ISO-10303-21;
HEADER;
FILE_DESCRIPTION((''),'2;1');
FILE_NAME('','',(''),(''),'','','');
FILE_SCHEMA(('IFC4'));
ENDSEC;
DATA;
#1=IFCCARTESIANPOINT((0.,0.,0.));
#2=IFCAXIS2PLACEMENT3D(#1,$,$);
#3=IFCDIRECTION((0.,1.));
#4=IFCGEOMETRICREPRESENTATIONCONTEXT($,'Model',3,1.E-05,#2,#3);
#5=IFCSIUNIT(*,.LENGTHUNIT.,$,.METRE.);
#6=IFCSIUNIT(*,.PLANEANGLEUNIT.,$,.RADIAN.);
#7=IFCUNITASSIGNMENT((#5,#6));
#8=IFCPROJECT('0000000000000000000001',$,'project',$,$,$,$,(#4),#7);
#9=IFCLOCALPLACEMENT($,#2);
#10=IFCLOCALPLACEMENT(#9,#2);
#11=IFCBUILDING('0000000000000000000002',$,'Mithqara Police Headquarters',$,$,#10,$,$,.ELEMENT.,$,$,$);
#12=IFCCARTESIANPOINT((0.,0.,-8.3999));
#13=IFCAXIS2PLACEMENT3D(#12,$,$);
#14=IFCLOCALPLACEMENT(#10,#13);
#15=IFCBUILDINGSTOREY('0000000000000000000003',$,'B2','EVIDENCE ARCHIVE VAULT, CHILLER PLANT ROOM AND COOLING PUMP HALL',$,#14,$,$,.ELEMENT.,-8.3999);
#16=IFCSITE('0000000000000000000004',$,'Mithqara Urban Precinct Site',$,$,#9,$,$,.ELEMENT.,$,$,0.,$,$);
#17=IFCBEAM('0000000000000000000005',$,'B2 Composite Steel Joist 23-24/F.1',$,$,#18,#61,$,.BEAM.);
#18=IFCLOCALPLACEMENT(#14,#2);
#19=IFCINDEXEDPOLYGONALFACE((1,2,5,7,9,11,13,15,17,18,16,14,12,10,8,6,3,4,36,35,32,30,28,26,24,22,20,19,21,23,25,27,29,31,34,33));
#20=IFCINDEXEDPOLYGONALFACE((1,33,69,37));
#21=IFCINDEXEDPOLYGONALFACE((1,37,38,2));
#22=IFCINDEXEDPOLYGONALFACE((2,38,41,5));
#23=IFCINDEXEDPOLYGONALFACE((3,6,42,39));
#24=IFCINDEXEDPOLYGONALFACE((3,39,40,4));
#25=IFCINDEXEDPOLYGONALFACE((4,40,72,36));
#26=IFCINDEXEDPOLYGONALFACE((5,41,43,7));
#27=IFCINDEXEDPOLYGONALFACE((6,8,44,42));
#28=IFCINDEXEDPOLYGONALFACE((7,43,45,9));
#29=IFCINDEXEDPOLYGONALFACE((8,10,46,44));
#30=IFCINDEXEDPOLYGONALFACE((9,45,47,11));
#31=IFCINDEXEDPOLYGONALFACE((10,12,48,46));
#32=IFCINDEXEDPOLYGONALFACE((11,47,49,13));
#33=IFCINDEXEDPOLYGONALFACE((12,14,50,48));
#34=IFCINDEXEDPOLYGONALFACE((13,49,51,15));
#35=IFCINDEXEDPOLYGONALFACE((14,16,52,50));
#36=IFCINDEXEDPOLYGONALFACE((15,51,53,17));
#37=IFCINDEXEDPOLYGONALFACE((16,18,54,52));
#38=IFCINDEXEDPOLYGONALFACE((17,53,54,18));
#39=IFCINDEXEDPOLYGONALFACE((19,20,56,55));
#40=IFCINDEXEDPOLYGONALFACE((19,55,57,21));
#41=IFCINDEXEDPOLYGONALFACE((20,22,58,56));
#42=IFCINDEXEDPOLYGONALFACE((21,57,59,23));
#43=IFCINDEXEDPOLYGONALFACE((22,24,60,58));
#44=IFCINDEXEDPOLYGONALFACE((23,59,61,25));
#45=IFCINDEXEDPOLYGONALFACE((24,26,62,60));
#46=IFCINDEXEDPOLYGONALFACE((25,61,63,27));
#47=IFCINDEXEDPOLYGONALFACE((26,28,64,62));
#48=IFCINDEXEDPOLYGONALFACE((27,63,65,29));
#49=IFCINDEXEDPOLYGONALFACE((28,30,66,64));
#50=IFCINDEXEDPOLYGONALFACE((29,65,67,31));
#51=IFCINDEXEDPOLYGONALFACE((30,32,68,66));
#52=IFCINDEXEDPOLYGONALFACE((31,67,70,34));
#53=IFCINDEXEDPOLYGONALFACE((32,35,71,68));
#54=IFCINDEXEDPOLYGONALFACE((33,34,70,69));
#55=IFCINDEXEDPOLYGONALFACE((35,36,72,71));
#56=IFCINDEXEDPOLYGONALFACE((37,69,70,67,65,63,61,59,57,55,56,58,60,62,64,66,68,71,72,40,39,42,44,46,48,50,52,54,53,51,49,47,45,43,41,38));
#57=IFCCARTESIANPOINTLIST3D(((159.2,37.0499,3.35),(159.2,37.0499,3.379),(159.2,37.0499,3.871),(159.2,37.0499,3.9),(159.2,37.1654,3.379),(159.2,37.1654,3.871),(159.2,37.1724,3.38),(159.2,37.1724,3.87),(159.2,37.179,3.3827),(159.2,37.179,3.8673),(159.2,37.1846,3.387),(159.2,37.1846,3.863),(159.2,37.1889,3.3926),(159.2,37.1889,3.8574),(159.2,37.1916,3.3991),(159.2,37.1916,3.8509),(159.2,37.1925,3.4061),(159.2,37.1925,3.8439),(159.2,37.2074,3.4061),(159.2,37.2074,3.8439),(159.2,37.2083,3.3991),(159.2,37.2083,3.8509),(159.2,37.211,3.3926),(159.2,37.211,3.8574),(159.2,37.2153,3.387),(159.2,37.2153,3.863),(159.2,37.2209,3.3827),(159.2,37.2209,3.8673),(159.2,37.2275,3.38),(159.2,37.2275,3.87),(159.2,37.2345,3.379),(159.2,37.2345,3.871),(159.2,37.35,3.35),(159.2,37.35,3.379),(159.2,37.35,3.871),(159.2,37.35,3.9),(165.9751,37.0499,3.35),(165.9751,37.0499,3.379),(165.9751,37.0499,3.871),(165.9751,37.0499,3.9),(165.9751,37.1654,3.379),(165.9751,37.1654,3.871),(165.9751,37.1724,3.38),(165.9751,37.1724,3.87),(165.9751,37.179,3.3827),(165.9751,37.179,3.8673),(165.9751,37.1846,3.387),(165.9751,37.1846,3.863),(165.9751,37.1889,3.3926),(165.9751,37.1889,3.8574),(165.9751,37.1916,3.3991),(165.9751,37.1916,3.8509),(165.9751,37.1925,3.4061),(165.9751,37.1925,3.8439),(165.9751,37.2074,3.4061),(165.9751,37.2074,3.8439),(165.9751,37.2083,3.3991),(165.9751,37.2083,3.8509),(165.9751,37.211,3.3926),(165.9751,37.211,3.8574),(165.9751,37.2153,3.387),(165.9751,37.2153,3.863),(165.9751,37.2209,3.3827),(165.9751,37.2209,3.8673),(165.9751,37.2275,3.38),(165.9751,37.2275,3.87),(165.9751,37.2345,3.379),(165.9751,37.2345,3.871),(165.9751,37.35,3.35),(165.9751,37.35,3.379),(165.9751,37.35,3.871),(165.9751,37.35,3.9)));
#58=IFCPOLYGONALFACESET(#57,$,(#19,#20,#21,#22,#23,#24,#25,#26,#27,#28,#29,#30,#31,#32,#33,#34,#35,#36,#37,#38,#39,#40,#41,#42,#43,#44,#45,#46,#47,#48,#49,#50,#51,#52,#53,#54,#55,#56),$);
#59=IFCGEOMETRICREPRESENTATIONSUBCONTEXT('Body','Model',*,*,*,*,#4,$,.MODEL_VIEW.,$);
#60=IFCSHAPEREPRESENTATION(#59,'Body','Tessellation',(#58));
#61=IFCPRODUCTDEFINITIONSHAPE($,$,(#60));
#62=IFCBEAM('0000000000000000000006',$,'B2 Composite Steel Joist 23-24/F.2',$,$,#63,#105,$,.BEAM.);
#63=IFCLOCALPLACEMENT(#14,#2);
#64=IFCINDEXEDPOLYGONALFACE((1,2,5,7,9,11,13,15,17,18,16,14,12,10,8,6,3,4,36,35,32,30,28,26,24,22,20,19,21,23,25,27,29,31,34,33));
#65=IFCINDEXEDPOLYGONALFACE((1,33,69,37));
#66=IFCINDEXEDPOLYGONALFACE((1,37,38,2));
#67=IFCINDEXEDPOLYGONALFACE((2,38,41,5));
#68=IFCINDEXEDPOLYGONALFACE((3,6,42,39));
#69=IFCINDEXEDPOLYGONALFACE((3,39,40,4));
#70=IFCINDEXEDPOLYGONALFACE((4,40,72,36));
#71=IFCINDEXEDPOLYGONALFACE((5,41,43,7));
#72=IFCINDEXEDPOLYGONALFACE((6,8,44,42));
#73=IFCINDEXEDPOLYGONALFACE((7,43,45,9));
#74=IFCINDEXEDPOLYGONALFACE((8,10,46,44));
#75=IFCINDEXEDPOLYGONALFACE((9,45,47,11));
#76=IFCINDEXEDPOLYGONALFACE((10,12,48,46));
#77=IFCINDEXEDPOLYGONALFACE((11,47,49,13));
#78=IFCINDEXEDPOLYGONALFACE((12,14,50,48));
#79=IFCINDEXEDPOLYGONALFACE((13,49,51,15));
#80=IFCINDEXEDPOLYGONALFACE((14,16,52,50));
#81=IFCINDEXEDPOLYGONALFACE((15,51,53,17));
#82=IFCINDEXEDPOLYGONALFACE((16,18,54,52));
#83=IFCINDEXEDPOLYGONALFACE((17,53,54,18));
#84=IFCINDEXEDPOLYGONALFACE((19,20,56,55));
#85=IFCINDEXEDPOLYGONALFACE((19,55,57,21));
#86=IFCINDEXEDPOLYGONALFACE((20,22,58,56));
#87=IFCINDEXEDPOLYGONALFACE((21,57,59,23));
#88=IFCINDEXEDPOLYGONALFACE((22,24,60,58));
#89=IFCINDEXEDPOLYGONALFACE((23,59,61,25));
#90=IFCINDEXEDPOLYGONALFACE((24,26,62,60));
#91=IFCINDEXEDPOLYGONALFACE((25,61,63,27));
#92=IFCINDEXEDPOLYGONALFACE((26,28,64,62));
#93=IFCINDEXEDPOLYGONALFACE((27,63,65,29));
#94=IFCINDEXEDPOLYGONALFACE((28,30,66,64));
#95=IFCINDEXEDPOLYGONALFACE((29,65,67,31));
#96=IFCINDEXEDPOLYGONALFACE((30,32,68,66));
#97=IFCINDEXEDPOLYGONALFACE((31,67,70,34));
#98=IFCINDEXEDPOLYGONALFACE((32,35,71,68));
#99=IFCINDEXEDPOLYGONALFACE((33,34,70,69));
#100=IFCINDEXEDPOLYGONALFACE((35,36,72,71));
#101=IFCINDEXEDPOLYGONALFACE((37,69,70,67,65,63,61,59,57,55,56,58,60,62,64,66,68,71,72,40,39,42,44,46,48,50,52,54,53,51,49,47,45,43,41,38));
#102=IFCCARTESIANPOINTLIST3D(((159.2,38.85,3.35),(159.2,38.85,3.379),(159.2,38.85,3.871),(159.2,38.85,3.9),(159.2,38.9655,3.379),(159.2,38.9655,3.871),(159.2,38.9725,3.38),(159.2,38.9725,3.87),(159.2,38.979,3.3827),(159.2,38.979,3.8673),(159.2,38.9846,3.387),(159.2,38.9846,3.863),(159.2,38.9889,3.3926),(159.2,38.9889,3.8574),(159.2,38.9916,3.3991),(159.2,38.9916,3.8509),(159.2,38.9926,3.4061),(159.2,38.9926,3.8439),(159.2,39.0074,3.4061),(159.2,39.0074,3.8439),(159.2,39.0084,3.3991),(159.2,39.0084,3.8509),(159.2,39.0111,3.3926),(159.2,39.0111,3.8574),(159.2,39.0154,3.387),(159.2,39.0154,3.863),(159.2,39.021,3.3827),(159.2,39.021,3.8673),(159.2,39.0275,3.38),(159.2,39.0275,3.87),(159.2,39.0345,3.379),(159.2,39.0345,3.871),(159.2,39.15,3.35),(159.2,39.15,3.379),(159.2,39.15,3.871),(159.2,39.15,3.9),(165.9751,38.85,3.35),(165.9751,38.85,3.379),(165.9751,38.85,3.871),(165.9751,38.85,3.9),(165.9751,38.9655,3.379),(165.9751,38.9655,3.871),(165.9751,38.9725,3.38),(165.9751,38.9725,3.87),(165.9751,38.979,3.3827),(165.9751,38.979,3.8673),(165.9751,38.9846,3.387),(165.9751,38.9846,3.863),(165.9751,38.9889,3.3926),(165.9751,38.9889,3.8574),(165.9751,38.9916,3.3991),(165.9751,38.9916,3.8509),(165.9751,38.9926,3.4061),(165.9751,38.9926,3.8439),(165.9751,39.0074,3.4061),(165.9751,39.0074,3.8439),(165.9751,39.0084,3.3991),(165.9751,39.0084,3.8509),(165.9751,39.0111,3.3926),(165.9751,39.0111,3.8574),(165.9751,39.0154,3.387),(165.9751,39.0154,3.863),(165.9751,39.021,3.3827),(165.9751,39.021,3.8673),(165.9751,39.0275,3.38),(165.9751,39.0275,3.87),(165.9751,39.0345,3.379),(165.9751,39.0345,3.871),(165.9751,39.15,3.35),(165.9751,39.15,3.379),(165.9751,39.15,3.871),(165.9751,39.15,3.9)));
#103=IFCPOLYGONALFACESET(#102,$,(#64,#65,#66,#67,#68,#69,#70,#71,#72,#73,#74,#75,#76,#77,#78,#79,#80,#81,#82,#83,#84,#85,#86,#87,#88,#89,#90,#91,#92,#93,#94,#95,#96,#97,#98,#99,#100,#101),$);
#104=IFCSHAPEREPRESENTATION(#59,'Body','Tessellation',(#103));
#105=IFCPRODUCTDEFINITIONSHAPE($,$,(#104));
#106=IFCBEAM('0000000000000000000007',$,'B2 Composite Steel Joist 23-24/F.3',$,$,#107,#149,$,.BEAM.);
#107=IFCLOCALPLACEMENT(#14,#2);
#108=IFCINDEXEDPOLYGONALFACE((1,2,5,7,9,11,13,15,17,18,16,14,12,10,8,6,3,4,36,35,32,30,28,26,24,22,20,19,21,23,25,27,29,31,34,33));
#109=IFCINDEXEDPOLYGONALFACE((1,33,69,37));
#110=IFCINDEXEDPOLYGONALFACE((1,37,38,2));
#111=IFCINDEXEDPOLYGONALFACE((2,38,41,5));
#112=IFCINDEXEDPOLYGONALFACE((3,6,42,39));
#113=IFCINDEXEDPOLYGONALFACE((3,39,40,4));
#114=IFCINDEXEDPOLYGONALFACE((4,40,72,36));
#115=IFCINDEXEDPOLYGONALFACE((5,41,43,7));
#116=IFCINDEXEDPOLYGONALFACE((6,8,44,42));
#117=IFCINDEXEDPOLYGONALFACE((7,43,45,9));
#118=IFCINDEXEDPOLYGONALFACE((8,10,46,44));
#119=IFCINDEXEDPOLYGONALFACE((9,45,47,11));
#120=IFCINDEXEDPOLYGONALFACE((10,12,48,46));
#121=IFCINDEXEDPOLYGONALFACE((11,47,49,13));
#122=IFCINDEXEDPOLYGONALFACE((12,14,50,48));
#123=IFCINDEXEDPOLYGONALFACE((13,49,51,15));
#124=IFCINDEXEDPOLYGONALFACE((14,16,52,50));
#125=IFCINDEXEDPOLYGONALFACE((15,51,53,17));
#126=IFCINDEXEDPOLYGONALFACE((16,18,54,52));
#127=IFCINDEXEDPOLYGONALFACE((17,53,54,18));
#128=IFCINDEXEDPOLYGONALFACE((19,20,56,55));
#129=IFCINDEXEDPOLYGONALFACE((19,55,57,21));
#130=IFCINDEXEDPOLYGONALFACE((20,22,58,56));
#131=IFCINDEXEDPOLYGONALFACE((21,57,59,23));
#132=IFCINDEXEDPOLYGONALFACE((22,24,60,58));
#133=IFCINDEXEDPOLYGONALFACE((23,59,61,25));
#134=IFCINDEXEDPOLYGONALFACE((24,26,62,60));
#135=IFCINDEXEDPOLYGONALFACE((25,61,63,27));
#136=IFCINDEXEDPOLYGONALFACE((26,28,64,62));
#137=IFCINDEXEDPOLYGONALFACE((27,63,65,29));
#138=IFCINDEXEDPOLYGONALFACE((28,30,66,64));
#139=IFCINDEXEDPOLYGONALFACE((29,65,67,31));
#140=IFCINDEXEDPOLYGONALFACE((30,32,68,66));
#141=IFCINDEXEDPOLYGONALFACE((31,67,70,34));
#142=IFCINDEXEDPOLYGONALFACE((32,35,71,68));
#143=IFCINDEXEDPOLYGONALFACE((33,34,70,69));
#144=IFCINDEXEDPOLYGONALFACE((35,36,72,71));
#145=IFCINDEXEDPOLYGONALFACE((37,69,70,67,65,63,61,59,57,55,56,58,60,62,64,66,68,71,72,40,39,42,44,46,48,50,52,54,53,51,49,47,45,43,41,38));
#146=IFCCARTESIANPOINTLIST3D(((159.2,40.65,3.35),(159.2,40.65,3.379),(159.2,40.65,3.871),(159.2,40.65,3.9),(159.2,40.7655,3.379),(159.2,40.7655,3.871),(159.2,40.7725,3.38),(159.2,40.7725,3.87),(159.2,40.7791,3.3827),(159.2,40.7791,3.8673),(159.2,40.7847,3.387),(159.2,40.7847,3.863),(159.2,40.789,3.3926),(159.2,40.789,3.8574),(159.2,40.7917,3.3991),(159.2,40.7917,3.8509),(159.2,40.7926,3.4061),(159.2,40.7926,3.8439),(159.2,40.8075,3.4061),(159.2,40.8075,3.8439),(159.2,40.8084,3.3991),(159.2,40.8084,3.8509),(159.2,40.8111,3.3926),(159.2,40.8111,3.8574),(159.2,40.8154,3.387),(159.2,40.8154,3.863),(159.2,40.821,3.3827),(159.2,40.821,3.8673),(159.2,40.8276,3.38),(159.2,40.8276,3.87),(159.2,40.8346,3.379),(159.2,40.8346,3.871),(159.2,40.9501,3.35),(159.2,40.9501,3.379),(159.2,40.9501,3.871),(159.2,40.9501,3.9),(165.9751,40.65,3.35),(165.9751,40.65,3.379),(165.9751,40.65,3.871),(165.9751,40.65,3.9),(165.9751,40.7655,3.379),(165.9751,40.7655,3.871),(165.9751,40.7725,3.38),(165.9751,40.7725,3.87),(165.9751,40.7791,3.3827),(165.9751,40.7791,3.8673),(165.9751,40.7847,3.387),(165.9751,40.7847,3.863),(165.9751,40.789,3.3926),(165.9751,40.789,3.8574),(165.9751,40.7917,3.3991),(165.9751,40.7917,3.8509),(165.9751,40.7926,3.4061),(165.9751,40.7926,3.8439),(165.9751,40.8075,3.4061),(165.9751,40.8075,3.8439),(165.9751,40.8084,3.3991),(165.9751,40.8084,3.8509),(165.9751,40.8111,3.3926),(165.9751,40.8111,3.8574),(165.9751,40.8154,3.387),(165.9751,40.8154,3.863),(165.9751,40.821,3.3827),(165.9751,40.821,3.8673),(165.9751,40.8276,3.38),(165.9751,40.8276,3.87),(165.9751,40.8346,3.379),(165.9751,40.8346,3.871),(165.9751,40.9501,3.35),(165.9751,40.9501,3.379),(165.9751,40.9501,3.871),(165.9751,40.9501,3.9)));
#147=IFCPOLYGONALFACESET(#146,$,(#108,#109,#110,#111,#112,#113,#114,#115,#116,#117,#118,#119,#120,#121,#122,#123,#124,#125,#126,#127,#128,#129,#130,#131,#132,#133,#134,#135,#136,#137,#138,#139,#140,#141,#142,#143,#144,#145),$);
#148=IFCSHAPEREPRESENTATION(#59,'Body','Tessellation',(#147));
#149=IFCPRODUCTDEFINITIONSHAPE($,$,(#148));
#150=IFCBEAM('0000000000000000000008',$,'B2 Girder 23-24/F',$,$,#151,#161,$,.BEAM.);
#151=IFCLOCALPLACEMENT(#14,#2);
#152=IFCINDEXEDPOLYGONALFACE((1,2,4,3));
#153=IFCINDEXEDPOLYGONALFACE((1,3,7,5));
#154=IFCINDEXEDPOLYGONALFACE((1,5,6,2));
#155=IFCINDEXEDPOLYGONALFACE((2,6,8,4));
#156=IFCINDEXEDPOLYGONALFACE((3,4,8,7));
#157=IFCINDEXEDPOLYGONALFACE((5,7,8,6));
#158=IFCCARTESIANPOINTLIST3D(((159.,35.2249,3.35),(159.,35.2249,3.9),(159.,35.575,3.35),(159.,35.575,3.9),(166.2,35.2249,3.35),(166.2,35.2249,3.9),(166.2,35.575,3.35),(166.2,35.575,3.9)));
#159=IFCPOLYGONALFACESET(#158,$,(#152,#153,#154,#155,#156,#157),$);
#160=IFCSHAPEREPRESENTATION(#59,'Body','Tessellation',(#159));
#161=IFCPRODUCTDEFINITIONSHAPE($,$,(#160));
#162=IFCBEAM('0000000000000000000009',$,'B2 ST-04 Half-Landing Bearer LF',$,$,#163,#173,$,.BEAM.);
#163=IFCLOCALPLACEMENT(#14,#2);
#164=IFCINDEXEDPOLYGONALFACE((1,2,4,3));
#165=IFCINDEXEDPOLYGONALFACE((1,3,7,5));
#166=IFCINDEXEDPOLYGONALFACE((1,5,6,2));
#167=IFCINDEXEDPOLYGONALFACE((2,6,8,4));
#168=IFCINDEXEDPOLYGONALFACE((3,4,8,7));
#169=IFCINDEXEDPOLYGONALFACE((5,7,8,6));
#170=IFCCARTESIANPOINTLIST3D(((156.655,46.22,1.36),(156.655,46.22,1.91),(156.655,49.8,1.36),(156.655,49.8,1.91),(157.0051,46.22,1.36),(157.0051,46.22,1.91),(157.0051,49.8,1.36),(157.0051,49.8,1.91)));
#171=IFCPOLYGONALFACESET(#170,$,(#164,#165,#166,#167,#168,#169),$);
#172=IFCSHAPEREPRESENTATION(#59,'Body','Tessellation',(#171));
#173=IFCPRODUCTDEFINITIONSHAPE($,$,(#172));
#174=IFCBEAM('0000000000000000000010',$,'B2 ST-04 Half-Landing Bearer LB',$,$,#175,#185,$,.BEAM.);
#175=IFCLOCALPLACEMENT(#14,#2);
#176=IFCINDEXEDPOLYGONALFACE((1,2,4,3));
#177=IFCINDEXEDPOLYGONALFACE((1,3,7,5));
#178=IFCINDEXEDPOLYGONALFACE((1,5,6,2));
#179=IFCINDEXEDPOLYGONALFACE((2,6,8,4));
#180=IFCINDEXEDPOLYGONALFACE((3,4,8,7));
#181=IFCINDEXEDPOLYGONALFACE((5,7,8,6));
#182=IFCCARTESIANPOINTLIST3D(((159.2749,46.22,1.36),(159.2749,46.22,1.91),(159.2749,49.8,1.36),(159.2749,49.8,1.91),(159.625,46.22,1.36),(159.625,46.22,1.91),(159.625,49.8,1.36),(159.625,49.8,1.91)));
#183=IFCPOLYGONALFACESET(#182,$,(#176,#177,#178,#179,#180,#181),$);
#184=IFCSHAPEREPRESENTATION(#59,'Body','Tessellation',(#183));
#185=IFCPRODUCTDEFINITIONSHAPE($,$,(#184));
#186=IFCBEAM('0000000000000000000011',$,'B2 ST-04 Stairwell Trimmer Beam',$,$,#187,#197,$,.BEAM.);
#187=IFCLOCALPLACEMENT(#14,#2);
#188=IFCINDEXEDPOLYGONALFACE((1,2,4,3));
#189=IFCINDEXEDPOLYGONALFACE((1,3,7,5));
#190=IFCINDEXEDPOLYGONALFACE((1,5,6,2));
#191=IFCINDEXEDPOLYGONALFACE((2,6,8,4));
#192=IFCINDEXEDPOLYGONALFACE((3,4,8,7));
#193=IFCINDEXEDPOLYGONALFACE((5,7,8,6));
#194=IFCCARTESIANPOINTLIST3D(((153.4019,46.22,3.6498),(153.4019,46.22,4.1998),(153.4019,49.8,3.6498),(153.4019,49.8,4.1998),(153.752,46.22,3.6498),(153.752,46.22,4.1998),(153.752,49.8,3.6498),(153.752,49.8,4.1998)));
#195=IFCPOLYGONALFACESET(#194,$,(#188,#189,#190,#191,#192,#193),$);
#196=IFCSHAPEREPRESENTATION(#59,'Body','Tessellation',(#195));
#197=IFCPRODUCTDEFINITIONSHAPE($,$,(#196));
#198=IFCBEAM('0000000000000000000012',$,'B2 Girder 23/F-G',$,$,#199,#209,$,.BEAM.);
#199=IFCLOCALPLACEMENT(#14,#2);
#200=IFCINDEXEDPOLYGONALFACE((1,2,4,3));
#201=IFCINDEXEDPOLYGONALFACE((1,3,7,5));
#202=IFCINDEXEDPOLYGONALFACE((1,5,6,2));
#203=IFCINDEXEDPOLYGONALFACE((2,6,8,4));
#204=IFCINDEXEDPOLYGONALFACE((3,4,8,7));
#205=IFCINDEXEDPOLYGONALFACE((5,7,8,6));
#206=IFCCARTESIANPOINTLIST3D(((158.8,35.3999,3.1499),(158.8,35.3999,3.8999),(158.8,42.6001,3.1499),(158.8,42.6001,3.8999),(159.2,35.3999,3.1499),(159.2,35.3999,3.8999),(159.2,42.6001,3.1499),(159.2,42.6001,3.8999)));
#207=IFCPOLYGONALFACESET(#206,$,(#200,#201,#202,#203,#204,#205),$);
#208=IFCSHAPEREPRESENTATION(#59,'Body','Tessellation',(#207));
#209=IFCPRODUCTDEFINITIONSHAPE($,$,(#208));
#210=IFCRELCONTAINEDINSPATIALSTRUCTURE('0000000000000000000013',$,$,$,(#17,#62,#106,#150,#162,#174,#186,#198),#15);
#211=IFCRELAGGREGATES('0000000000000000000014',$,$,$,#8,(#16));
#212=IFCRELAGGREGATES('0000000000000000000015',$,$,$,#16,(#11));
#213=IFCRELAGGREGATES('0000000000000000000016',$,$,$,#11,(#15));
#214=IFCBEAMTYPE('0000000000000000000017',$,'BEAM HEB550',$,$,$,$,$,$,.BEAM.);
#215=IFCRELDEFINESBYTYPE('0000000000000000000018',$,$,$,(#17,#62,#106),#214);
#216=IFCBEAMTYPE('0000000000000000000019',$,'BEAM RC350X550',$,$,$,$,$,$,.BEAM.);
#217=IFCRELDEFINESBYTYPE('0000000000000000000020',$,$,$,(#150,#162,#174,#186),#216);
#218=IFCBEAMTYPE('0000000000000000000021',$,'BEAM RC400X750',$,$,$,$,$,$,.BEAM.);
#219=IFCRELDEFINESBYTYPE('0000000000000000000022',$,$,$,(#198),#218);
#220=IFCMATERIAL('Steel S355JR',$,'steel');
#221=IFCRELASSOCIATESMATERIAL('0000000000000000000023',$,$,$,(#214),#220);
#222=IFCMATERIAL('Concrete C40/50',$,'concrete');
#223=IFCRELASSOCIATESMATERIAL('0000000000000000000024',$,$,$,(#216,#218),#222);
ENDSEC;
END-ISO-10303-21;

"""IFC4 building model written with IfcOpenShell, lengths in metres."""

from ifc_helpers import new_model, si_unit, direction, frame, origin, origin_2d, place, context, subcontext, project, spatial, rectangle, i_section, extrude, material, material_profile, profile_set, type_object, element, save


model = new_model("IFC4")

# Units and contexts
model_context = context("Model", 3, precision=1e-05, world=origin(), true_north=direction((0.0, 1.0)))
body_context = subcontext(model_context, "Body", "Model", "MODEL_VIEW")
ifc_project = project(units=[si_unit("LENGTHUNIT", "METRE"), si_unit("PLANEANGLEUNIT", "RADIAN")], contexts=[model_context])

# Site, building, storey
site_placement = place(None, origin())
site = spatial("IfcSite", under=ifc_project, at=site_placement, Name="Mithqara Urban Precinct Site", CompositionType="ELEMENT", RefElevation=0.0)
building_placement = place(site_placement, origin())
building = spatial("IfcBuilding", under=site, at=building_placement, Name="Mithqara Police Headquarters", CompositionType="ELEMENT")
storey_placement = place(building_placement, frame((0.0, 0.0, -8.3999)))
storey = spatial("IfcBuildingStorey", under=building, at=storey_placement, Name="B2", Description="EVIDENCE ARCHIVE VAULT, CHILLER PLANT ROOM AND COOLING PUMP HALL", CompositionType="ELEMENT", Elevation=-8.3999)

# Shared definitions
ifc_material_1 = material(Name="Concrete C40/50", Category="concrete")

# Beams
ifc_material_2 = material(Name="Steel S355JR", Category="steel")
ifc_material_profile_1 = material_profile(ifc_material_2, i_section(OverallWidth=0.3, OverallDepth=0.55, WebThickness=0.0149, FlangeThickness=0.0291, FilletRadius=0.0271, at=origin_2d()), Name="HEB 550")
ifc_profile_set_1 = profile_set([ifc_material_profile_1], Name="Steel S355JR")
beam_type_1 = type_object("IfcBeamType", Name="BEAM HEB550", PredefinedType="BEAM", material=ifc_profile_set_1)
for number, where, z_axis, x_axis, name in (
    (1, (159.2, 37.2, 3.625), (1.0, 0.0, 0.0), (0.0, 1.0, 0.0), "B2 Composite Steel Joist 23-24/F.1"),
    (2, (159.2, 39.0, 3.625), (1.0, 0.0, 0.0), (0.0, 1.0, 0.0), "B2 Composite Steel Joist 23-24/F.2"),
    (3, (159.2, 40.8, 3.625), (1.0, 0.0, 0.0), (0.0, 1.0, 0.0), "B2 Composite Steel Joist 23-24/F.3"),
):
    element("IfcBeam", number, at=place(storey_placement, frame(where, z_axis=z_axis, x_axis=x_axis)), inside=storey, type_object=beam_type_1, Name=name, PredefinedType="BEAM", context=body_context, shape_type="SweptSolid", body=[
        extrude(i_section(OverallWidth=0.3, OverallDepth=0.55, WebThickness=0.0149, FlangeThickness=0.0291, FilletRadius=0.0271, at=origin_2d()), origin(), (0.0, 0.0, 1.0), 6.7751),
    ])
ifc_material_profile_2 = material_profile(ifc_material_1, rectangle(XDim=0.3501, YDim=0.55, at=origin_2d()), Name="RC 350x550")
ifc_profile_set_2 = profile_set([ifc_material_profile_2], Name="Concrete C40/50")
beam_type_2 = type_object("IfcBeamType", Name="BEAM RC350X550", PredefinedType="BEAM", material=ifc_profile_set_2)
beam_1_placement = place(storey_placement, frame((159.0, 35.3999, 3.625), z_axis=(1.0, 0.0, 0.0), x_axis=(0.0, 1.0, 0.0)))
element("IfcBeam", 4, at=beam_1_placement, inside=storey, type_object=beam_type_2, Name="B2 Girder 23-24/F", PredefinedType="BEAM", context=body_context, shape_type="SweptSolid", body=[
    extrude(rectangle(XDim=0.3501, YDim=0.55, at=origin_2d()), origin(), (0.0, 0.0, 1.0), 7.2),
])
for number, where, z_axis, x_axis, name in (
    (5, (156.8301, 46.22, 1.635), (0.0, 1.0, 0.0), (-1.0, 0.0, 0.0), "B2 ST-04 Half-Landing Bearer LF"),
    (6, (159.45, 46.22, 1.635), (0.0, 1.0, 0.0), (-1.0, 0.0, 0.0), "B2 ST-04 Half-Landing Bearer LB"),
    (7, (153.5769, 46.22, 3.9248), (0.0, 1.0, 0.0), (-1.0, 0.0, 0.0), "B2 ST-04 Stairwell Trimmer Beam"),
):
    element("IfcBeam", number, at=place(storey_placement, frame(where, z_axis=z_axis, x_axis=x_axis)), inside=storey, type_object=beam_type_2, Name=name, PredefinedType="BEAM", context=body_context, shape_type="SweptSolid", body=[
        extrude(rectangle(XDim=0.3501, YDim=0.55, at=origin_2d()), origin(), (0.0, 0.0, 1.0), 3.5801),
    ])
ifc_material_profile_3 = material_profile(ifc_material_1, rectangle(XDim=0.3999, YDim=0.75, at=origin_2d()), Name="RC 400x750")
ifc_profile_set_3 = profile_set([ifc_material_profile_3], Name="Concrete C40/50")
beam_type_3 = type_object("IfcBeamType", Name="BEAM RC400X750", PredefinedType="BEAM", material=ifc_profile_set_3)
beam_2_placement = place(storey_placement, frame((159.0, 35.3999, 3.5249), z_axis=(0.0, 1.0, 0.0), x_axis=(-1.0, 0.0, 0.0)))
element("IfcBeam", 8, at=beam_2_placement, inside=storey, type_object=beam_type_3, Name="B2 Girder 23/F-G", PredefinedType="BEAM", context=body_context, shape_type="SweptSolid", body=[
    extrude(rectangle(XDim=0.3999, YDim=0.75, at=origin_2d()), origin(), (0.0, 0.0, 1.0), 7.2002),
])

save(model, "model.ifc")
